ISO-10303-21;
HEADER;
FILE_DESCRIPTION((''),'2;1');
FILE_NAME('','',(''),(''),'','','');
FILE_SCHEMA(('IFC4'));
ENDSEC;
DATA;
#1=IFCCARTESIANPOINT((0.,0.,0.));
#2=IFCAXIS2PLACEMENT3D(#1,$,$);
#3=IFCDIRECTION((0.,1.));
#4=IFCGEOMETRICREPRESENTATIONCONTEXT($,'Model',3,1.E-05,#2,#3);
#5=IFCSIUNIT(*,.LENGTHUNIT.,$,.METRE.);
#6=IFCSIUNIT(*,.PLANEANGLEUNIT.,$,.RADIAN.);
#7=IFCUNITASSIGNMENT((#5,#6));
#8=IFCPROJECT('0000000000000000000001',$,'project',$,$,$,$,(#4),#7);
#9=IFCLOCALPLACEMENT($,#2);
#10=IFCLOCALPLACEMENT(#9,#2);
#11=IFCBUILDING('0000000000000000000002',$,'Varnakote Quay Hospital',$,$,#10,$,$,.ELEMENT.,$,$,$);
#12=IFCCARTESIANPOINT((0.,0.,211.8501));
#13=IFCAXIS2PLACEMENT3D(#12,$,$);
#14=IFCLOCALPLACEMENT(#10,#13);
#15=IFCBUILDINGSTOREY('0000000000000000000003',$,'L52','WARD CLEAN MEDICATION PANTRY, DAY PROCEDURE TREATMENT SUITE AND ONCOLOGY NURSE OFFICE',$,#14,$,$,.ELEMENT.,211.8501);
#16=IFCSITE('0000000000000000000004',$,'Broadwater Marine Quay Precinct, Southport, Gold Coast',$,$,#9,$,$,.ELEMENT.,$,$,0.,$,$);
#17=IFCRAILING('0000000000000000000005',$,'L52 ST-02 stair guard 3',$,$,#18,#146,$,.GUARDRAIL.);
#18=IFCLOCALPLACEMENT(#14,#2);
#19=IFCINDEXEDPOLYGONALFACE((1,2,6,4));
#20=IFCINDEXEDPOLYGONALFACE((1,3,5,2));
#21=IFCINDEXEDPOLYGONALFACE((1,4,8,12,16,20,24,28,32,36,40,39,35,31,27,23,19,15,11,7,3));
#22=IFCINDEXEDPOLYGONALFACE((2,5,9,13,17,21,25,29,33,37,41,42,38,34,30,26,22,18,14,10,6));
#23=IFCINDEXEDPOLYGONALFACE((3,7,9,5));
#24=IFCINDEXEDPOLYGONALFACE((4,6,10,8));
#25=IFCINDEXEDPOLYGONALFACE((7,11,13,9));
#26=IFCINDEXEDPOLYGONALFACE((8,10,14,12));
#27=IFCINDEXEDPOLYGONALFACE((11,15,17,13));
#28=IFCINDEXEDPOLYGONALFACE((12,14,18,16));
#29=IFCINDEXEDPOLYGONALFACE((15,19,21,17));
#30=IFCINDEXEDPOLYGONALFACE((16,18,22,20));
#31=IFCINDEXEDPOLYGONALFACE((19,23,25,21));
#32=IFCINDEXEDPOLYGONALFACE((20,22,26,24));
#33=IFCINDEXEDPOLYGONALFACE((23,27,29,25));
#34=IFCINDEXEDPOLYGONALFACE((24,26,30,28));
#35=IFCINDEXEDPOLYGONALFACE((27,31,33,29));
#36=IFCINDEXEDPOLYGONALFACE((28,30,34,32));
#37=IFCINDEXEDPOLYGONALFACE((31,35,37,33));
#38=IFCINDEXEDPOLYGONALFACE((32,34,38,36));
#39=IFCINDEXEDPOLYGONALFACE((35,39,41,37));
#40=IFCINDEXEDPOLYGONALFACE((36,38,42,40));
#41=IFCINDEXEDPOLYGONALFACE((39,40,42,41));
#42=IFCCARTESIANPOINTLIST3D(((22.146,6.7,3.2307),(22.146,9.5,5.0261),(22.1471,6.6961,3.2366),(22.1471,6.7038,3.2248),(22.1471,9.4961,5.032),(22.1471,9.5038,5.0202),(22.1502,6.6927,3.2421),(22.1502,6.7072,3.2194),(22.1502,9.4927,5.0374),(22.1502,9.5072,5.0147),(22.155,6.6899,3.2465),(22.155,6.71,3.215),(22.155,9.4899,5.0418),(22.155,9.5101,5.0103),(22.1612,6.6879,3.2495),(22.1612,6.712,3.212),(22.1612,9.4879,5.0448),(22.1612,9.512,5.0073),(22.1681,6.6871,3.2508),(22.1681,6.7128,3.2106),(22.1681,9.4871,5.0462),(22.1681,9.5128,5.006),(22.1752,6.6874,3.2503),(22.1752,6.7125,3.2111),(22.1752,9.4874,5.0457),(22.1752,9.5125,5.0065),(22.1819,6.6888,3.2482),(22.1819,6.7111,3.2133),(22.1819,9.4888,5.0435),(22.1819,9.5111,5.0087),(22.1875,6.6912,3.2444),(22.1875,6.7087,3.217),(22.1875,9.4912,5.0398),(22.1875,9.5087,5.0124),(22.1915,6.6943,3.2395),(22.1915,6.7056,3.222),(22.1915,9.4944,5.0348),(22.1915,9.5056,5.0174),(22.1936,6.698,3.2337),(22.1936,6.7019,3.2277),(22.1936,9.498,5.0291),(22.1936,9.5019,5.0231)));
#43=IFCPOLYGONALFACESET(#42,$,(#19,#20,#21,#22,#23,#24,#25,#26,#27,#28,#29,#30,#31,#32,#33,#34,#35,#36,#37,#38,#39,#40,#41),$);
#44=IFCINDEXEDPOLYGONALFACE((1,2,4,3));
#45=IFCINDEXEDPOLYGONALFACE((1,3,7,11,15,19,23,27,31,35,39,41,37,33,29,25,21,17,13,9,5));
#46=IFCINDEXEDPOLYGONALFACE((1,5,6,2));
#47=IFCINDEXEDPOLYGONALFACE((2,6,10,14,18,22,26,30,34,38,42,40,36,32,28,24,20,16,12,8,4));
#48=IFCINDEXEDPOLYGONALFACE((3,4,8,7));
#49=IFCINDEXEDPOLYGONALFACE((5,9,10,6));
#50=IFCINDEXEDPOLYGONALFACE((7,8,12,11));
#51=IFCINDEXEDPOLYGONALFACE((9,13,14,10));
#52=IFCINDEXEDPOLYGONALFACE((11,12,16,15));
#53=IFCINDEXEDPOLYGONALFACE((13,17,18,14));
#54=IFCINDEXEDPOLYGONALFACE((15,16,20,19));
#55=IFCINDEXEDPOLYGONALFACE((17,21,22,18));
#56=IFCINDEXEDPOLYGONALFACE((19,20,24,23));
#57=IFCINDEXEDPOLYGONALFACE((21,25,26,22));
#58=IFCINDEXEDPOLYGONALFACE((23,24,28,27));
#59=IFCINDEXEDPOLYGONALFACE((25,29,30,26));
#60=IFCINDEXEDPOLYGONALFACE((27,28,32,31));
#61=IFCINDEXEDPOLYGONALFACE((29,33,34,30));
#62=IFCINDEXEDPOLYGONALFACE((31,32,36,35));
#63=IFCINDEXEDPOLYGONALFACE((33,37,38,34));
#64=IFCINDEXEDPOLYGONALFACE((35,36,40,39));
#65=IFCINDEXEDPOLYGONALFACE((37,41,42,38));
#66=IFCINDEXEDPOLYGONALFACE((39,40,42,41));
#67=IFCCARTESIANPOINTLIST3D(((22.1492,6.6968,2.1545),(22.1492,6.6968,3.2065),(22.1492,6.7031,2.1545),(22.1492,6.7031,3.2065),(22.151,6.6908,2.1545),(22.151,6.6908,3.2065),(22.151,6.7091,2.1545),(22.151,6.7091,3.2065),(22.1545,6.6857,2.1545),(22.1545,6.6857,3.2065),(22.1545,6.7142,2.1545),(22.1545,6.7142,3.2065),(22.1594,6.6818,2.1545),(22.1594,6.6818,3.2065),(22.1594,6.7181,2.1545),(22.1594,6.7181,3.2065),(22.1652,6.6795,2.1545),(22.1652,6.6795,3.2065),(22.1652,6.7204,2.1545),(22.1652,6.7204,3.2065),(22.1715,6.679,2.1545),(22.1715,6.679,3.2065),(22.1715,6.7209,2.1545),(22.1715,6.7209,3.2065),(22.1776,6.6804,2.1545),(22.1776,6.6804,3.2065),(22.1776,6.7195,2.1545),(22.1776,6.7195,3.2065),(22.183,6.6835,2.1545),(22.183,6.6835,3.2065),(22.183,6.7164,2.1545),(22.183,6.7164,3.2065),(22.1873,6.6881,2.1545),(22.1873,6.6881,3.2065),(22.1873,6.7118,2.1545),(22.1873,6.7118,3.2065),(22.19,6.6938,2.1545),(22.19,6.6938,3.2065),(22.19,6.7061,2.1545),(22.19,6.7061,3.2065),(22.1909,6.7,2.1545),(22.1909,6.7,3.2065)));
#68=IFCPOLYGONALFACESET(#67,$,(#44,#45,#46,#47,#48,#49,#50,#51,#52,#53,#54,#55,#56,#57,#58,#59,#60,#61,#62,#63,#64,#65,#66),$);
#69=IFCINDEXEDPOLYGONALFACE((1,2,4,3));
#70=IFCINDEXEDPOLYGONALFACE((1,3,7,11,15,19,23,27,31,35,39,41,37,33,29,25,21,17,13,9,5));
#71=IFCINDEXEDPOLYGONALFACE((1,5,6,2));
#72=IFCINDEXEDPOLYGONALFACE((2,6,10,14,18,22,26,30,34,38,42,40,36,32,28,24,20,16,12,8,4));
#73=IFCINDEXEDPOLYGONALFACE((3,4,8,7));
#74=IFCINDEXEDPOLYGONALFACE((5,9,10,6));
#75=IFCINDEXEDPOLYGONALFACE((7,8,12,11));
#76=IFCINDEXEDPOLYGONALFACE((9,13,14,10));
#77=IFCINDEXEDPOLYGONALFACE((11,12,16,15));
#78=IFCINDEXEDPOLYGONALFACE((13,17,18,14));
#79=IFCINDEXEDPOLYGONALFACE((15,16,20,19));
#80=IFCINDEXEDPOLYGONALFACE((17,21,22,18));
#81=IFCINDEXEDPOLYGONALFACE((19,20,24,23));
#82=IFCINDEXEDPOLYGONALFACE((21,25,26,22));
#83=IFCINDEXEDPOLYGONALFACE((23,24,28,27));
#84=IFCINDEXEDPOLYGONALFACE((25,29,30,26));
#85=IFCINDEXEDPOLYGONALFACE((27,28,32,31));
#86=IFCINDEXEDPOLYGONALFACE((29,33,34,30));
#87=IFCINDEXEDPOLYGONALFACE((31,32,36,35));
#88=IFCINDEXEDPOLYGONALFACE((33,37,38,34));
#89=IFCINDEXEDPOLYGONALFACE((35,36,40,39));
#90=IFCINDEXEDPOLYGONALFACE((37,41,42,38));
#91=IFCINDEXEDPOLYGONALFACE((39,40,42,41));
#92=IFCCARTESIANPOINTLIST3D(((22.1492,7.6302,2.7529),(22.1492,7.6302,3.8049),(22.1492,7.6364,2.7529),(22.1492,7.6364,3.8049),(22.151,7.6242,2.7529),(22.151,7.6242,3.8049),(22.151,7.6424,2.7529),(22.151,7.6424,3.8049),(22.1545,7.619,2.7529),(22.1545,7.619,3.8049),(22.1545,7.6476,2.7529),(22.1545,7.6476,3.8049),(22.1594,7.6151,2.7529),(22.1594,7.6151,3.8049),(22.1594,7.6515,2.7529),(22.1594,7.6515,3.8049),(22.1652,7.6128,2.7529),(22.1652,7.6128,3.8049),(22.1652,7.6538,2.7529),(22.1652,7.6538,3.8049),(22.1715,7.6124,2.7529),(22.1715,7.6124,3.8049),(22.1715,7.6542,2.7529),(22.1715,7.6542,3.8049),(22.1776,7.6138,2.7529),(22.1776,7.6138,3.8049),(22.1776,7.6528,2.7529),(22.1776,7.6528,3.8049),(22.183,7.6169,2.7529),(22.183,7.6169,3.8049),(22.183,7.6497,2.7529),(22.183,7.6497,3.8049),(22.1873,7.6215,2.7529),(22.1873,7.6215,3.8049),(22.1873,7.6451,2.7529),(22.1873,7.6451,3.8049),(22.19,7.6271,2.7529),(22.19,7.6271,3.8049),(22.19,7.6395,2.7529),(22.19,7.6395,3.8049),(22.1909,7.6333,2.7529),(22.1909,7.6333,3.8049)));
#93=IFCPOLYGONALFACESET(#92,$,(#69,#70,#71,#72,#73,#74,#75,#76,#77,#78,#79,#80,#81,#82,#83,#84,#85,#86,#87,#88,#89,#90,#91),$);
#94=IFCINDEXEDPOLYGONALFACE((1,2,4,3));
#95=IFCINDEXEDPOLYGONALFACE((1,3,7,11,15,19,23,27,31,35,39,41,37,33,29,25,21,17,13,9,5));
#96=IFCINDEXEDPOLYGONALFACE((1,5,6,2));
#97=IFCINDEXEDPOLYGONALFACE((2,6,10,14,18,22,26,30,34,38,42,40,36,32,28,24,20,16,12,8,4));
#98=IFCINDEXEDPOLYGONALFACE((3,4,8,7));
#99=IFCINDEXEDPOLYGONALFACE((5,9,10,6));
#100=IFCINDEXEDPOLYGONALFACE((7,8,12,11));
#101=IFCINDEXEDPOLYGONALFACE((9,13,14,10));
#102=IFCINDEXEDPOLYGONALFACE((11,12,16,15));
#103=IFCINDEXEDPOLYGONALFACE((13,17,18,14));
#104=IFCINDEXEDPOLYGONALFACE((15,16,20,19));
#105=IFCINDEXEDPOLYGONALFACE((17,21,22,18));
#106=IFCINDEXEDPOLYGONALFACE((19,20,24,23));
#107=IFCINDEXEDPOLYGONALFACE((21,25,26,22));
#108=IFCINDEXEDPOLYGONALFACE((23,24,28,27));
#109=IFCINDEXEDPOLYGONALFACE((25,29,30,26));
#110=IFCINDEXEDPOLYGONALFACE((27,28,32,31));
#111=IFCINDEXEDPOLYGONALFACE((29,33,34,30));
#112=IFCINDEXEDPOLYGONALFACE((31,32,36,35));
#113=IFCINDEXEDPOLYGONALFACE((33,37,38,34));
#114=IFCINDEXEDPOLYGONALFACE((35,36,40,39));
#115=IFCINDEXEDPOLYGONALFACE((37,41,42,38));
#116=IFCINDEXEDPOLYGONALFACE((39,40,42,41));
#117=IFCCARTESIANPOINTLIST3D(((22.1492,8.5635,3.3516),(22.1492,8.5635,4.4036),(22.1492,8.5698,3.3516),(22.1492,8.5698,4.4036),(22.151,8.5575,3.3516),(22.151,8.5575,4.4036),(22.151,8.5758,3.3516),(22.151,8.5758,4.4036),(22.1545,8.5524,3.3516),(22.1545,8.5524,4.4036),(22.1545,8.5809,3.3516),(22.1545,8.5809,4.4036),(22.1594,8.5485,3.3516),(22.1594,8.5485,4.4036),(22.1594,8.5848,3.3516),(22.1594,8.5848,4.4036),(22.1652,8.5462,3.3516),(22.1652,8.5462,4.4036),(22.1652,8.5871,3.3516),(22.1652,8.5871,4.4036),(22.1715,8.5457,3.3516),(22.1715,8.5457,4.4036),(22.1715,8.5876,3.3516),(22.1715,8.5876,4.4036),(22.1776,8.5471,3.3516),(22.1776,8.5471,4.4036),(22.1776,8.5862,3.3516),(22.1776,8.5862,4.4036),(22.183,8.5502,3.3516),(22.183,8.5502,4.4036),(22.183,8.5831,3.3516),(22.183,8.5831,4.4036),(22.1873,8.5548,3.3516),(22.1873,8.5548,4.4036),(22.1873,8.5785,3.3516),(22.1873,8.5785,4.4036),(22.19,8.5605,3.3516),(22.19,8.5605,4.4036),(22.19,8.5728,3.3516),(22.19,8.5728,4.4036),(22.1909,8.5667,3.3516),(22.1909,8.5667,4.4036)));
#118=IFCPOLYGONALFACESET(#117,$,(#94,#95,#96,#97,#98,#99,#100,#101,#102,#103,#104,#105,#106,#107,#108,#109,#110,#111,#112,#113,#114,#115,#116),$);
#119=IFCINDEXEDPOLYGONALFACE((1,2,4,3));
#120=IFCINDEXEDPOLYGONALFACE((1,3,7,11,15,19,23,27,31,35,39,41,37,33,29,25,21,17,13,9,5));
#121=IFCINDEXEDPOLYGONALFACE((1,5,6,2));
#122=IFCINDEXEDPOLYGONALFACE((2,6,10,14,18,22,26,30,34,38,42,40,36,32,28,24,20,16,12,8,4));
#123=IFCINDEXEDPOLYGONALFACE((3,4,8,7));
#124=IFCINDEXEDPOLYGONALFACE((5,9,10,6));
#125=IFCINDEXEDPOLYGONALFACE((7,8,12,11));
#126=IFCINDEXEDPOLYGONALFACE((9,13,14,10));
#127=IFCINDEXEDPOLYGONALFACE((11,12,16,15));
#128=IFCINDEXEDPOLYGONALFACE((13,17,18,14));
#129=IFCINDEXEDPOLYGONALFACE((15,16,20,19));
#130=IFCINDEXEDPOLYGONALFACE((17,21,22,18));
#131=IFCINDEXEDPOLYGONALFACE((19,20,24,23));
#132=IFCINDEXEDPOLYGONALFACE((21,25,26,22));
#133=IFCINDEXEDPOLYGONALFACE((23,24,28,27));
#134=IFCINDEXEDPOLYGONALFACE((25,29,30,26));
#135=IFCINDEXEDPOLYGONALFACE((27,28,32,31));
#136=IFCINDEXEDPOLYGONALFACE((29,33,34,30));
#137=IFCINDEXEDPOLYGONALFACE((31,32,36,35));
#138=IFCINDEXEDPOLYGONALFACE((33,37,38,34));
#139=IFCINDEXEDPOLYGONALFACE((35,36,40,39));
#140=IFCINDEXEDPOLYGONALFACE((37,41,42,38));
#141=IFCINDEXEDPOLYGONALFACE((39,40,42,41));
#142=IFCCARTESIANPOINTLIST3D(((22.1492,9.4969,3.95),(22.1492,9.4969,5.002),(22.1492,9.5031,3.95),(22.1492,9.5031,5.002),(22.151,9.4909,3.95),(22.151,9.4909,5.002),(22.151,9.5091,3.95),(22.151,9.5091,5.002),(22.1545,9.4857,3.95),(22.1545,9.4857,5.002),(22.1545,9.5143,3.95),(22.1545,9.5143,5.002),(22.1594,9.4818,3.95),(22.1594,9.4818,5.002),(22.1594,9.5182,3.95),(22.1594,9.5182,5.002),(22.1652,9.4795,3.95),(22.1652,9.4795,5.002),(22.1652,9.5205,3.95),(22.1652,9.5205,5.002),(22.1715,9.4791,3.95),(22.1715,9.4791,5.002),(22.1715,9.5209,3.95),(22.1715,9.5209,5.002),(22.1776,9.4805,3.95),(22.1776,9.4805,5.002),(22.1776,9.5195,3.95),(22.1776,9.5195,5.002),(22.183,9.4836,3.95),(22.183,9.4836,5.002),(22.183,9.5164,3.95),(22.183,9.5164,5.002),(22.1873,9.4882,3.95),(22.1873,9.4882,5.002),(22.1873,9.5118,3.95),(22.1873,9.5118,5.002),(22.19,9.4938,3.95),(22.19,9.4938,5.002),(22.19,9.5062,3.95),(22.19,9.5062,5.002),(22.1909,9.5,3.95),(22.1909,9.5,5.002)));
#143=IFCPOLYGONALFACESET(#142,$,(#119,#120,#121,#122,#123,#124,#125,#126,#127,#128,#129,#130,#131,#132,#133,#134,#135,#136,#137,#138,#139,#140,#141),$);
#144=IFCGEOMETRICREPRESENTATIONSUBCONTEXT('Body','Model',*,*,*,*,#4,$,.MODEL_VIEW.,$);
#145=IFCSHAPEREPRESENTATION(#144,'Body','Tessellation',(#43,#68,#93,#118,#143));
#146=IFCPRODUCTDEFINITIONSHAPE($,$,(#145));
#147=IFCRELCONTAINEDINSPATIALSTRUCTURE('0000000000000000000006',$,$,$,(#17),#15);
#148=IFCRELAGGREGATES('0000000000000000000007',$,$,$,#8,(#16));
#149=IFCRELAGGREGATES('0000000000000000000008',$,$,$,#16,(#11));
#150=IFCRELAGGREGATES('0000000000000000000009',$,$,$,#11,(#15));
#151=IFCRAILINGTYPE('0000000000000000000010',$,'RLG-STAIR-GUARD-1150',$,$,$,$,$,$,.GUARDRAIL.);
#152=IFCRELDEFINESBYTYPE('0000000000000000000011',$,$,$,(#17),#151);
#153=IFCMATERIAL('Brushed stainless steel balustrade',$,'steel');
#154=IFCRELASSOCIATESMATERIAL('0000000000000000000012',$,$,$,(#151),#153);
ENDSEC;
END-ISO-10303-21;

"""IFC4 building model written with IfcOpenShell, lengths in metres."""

from ifc_helpers import new_model, si_unit, direction, frame, origin, origin_2d, place, context, subcontext, project, spatial, circle, extrude, material, type_object, element, save


model = new_model("IFC4")

# Units and contexts
model_context = context("Model", 3, precision=1e-05, world=origin(), true_north=direction((0.0, 1.0)))
body_context = subcontext(model_context, "Body", "Model", "MODEL_VIEW")
ifc_project = project(units=[si_unit("LENGTHUNIT", "METRE"), si_unit("PLANEANGLEUNIT", "RADIAN")], contexts=[model_context])

# Site, building, storey
site_placement = place(None, origin())
site = spatial("IfcSite", under=ifc_project, at=site_placement, Name="Broadwater Marine Quay Precinct, Southport, Gold Coast", CompositionType="ELEMENT", RefElevation=0.0)
building_placement = place(site_placement, origin())
building = spatial("IfcBuilding", under=site, at=building_placement, Name="Varnakote Quay Hospital", CompositionType="ELEMENT")
storey_placement = place(building_placement, frame((0.0, 0.0, 211.8501)))
storey = spatial("IfcBuildingStorey", under=building, at=storey_placement, Name="L52", Description="WARD CLEAN MEDICATION PANTRY, DAY PROCEDURE TREATMENT SUITE AND ONCOLOGY NURSE OFFICE", CompositionType="ELEMENT", Elevation=211.8501)

# Railing
ifc_material_1 = material(Name="Brushed stainless steel balustrade", Category="steel")
railing_type_1 = type_object("IfcRailingType", Name="RLG-STAIR-GUARD-1150", PredefinedType="GUARDRAIL", material=ifc_material_1)
railing_1_placement = place(storey_placement, frame((22.1699, 6.7, 2.1545)))
element("IfcRailing", 1, at=railing_1_placement, inside=storey, type_object=railing_type_1, Name="L52 ST-02 stair guard 3", PredefinedType="GUARDRAIL", context=body_context, shape_type="SweptSolid", body=[
    extrude(circle(Radius=0.0239, at=origin_2d()), frame((0.0, 0.0, 1.0762), z_axis=(0.0, 0.84181, 0.539774), x_axis=(-1.0, 0.0, 0.0)), (0.0, 0.0, 1.0), 3.3262),
    extrude(circle(Radius=0.021, at=origin_2d()), origin(), (0.0, 0.0, 1.0), 1.052),
    extrude(circle(Radius=0.021, at=origin_2d()), frame((0.0, 0.9333, 0.5984)), (0.0, 0.0, 1.0), 1.052),
    extrude(circle(Radius=0.021, at=origin_2d()), frame((0.0, 1.8667, 1.197)), (0.0, 0.0, 1.0), 1.052),
    extrude(circle(Radius=0.021, at=origin_2d()), frame((0.0, 2.8, 1.7954)), (0.0, 0.0, 1.0), 1.052),
])

save(model, "model.ifc")
